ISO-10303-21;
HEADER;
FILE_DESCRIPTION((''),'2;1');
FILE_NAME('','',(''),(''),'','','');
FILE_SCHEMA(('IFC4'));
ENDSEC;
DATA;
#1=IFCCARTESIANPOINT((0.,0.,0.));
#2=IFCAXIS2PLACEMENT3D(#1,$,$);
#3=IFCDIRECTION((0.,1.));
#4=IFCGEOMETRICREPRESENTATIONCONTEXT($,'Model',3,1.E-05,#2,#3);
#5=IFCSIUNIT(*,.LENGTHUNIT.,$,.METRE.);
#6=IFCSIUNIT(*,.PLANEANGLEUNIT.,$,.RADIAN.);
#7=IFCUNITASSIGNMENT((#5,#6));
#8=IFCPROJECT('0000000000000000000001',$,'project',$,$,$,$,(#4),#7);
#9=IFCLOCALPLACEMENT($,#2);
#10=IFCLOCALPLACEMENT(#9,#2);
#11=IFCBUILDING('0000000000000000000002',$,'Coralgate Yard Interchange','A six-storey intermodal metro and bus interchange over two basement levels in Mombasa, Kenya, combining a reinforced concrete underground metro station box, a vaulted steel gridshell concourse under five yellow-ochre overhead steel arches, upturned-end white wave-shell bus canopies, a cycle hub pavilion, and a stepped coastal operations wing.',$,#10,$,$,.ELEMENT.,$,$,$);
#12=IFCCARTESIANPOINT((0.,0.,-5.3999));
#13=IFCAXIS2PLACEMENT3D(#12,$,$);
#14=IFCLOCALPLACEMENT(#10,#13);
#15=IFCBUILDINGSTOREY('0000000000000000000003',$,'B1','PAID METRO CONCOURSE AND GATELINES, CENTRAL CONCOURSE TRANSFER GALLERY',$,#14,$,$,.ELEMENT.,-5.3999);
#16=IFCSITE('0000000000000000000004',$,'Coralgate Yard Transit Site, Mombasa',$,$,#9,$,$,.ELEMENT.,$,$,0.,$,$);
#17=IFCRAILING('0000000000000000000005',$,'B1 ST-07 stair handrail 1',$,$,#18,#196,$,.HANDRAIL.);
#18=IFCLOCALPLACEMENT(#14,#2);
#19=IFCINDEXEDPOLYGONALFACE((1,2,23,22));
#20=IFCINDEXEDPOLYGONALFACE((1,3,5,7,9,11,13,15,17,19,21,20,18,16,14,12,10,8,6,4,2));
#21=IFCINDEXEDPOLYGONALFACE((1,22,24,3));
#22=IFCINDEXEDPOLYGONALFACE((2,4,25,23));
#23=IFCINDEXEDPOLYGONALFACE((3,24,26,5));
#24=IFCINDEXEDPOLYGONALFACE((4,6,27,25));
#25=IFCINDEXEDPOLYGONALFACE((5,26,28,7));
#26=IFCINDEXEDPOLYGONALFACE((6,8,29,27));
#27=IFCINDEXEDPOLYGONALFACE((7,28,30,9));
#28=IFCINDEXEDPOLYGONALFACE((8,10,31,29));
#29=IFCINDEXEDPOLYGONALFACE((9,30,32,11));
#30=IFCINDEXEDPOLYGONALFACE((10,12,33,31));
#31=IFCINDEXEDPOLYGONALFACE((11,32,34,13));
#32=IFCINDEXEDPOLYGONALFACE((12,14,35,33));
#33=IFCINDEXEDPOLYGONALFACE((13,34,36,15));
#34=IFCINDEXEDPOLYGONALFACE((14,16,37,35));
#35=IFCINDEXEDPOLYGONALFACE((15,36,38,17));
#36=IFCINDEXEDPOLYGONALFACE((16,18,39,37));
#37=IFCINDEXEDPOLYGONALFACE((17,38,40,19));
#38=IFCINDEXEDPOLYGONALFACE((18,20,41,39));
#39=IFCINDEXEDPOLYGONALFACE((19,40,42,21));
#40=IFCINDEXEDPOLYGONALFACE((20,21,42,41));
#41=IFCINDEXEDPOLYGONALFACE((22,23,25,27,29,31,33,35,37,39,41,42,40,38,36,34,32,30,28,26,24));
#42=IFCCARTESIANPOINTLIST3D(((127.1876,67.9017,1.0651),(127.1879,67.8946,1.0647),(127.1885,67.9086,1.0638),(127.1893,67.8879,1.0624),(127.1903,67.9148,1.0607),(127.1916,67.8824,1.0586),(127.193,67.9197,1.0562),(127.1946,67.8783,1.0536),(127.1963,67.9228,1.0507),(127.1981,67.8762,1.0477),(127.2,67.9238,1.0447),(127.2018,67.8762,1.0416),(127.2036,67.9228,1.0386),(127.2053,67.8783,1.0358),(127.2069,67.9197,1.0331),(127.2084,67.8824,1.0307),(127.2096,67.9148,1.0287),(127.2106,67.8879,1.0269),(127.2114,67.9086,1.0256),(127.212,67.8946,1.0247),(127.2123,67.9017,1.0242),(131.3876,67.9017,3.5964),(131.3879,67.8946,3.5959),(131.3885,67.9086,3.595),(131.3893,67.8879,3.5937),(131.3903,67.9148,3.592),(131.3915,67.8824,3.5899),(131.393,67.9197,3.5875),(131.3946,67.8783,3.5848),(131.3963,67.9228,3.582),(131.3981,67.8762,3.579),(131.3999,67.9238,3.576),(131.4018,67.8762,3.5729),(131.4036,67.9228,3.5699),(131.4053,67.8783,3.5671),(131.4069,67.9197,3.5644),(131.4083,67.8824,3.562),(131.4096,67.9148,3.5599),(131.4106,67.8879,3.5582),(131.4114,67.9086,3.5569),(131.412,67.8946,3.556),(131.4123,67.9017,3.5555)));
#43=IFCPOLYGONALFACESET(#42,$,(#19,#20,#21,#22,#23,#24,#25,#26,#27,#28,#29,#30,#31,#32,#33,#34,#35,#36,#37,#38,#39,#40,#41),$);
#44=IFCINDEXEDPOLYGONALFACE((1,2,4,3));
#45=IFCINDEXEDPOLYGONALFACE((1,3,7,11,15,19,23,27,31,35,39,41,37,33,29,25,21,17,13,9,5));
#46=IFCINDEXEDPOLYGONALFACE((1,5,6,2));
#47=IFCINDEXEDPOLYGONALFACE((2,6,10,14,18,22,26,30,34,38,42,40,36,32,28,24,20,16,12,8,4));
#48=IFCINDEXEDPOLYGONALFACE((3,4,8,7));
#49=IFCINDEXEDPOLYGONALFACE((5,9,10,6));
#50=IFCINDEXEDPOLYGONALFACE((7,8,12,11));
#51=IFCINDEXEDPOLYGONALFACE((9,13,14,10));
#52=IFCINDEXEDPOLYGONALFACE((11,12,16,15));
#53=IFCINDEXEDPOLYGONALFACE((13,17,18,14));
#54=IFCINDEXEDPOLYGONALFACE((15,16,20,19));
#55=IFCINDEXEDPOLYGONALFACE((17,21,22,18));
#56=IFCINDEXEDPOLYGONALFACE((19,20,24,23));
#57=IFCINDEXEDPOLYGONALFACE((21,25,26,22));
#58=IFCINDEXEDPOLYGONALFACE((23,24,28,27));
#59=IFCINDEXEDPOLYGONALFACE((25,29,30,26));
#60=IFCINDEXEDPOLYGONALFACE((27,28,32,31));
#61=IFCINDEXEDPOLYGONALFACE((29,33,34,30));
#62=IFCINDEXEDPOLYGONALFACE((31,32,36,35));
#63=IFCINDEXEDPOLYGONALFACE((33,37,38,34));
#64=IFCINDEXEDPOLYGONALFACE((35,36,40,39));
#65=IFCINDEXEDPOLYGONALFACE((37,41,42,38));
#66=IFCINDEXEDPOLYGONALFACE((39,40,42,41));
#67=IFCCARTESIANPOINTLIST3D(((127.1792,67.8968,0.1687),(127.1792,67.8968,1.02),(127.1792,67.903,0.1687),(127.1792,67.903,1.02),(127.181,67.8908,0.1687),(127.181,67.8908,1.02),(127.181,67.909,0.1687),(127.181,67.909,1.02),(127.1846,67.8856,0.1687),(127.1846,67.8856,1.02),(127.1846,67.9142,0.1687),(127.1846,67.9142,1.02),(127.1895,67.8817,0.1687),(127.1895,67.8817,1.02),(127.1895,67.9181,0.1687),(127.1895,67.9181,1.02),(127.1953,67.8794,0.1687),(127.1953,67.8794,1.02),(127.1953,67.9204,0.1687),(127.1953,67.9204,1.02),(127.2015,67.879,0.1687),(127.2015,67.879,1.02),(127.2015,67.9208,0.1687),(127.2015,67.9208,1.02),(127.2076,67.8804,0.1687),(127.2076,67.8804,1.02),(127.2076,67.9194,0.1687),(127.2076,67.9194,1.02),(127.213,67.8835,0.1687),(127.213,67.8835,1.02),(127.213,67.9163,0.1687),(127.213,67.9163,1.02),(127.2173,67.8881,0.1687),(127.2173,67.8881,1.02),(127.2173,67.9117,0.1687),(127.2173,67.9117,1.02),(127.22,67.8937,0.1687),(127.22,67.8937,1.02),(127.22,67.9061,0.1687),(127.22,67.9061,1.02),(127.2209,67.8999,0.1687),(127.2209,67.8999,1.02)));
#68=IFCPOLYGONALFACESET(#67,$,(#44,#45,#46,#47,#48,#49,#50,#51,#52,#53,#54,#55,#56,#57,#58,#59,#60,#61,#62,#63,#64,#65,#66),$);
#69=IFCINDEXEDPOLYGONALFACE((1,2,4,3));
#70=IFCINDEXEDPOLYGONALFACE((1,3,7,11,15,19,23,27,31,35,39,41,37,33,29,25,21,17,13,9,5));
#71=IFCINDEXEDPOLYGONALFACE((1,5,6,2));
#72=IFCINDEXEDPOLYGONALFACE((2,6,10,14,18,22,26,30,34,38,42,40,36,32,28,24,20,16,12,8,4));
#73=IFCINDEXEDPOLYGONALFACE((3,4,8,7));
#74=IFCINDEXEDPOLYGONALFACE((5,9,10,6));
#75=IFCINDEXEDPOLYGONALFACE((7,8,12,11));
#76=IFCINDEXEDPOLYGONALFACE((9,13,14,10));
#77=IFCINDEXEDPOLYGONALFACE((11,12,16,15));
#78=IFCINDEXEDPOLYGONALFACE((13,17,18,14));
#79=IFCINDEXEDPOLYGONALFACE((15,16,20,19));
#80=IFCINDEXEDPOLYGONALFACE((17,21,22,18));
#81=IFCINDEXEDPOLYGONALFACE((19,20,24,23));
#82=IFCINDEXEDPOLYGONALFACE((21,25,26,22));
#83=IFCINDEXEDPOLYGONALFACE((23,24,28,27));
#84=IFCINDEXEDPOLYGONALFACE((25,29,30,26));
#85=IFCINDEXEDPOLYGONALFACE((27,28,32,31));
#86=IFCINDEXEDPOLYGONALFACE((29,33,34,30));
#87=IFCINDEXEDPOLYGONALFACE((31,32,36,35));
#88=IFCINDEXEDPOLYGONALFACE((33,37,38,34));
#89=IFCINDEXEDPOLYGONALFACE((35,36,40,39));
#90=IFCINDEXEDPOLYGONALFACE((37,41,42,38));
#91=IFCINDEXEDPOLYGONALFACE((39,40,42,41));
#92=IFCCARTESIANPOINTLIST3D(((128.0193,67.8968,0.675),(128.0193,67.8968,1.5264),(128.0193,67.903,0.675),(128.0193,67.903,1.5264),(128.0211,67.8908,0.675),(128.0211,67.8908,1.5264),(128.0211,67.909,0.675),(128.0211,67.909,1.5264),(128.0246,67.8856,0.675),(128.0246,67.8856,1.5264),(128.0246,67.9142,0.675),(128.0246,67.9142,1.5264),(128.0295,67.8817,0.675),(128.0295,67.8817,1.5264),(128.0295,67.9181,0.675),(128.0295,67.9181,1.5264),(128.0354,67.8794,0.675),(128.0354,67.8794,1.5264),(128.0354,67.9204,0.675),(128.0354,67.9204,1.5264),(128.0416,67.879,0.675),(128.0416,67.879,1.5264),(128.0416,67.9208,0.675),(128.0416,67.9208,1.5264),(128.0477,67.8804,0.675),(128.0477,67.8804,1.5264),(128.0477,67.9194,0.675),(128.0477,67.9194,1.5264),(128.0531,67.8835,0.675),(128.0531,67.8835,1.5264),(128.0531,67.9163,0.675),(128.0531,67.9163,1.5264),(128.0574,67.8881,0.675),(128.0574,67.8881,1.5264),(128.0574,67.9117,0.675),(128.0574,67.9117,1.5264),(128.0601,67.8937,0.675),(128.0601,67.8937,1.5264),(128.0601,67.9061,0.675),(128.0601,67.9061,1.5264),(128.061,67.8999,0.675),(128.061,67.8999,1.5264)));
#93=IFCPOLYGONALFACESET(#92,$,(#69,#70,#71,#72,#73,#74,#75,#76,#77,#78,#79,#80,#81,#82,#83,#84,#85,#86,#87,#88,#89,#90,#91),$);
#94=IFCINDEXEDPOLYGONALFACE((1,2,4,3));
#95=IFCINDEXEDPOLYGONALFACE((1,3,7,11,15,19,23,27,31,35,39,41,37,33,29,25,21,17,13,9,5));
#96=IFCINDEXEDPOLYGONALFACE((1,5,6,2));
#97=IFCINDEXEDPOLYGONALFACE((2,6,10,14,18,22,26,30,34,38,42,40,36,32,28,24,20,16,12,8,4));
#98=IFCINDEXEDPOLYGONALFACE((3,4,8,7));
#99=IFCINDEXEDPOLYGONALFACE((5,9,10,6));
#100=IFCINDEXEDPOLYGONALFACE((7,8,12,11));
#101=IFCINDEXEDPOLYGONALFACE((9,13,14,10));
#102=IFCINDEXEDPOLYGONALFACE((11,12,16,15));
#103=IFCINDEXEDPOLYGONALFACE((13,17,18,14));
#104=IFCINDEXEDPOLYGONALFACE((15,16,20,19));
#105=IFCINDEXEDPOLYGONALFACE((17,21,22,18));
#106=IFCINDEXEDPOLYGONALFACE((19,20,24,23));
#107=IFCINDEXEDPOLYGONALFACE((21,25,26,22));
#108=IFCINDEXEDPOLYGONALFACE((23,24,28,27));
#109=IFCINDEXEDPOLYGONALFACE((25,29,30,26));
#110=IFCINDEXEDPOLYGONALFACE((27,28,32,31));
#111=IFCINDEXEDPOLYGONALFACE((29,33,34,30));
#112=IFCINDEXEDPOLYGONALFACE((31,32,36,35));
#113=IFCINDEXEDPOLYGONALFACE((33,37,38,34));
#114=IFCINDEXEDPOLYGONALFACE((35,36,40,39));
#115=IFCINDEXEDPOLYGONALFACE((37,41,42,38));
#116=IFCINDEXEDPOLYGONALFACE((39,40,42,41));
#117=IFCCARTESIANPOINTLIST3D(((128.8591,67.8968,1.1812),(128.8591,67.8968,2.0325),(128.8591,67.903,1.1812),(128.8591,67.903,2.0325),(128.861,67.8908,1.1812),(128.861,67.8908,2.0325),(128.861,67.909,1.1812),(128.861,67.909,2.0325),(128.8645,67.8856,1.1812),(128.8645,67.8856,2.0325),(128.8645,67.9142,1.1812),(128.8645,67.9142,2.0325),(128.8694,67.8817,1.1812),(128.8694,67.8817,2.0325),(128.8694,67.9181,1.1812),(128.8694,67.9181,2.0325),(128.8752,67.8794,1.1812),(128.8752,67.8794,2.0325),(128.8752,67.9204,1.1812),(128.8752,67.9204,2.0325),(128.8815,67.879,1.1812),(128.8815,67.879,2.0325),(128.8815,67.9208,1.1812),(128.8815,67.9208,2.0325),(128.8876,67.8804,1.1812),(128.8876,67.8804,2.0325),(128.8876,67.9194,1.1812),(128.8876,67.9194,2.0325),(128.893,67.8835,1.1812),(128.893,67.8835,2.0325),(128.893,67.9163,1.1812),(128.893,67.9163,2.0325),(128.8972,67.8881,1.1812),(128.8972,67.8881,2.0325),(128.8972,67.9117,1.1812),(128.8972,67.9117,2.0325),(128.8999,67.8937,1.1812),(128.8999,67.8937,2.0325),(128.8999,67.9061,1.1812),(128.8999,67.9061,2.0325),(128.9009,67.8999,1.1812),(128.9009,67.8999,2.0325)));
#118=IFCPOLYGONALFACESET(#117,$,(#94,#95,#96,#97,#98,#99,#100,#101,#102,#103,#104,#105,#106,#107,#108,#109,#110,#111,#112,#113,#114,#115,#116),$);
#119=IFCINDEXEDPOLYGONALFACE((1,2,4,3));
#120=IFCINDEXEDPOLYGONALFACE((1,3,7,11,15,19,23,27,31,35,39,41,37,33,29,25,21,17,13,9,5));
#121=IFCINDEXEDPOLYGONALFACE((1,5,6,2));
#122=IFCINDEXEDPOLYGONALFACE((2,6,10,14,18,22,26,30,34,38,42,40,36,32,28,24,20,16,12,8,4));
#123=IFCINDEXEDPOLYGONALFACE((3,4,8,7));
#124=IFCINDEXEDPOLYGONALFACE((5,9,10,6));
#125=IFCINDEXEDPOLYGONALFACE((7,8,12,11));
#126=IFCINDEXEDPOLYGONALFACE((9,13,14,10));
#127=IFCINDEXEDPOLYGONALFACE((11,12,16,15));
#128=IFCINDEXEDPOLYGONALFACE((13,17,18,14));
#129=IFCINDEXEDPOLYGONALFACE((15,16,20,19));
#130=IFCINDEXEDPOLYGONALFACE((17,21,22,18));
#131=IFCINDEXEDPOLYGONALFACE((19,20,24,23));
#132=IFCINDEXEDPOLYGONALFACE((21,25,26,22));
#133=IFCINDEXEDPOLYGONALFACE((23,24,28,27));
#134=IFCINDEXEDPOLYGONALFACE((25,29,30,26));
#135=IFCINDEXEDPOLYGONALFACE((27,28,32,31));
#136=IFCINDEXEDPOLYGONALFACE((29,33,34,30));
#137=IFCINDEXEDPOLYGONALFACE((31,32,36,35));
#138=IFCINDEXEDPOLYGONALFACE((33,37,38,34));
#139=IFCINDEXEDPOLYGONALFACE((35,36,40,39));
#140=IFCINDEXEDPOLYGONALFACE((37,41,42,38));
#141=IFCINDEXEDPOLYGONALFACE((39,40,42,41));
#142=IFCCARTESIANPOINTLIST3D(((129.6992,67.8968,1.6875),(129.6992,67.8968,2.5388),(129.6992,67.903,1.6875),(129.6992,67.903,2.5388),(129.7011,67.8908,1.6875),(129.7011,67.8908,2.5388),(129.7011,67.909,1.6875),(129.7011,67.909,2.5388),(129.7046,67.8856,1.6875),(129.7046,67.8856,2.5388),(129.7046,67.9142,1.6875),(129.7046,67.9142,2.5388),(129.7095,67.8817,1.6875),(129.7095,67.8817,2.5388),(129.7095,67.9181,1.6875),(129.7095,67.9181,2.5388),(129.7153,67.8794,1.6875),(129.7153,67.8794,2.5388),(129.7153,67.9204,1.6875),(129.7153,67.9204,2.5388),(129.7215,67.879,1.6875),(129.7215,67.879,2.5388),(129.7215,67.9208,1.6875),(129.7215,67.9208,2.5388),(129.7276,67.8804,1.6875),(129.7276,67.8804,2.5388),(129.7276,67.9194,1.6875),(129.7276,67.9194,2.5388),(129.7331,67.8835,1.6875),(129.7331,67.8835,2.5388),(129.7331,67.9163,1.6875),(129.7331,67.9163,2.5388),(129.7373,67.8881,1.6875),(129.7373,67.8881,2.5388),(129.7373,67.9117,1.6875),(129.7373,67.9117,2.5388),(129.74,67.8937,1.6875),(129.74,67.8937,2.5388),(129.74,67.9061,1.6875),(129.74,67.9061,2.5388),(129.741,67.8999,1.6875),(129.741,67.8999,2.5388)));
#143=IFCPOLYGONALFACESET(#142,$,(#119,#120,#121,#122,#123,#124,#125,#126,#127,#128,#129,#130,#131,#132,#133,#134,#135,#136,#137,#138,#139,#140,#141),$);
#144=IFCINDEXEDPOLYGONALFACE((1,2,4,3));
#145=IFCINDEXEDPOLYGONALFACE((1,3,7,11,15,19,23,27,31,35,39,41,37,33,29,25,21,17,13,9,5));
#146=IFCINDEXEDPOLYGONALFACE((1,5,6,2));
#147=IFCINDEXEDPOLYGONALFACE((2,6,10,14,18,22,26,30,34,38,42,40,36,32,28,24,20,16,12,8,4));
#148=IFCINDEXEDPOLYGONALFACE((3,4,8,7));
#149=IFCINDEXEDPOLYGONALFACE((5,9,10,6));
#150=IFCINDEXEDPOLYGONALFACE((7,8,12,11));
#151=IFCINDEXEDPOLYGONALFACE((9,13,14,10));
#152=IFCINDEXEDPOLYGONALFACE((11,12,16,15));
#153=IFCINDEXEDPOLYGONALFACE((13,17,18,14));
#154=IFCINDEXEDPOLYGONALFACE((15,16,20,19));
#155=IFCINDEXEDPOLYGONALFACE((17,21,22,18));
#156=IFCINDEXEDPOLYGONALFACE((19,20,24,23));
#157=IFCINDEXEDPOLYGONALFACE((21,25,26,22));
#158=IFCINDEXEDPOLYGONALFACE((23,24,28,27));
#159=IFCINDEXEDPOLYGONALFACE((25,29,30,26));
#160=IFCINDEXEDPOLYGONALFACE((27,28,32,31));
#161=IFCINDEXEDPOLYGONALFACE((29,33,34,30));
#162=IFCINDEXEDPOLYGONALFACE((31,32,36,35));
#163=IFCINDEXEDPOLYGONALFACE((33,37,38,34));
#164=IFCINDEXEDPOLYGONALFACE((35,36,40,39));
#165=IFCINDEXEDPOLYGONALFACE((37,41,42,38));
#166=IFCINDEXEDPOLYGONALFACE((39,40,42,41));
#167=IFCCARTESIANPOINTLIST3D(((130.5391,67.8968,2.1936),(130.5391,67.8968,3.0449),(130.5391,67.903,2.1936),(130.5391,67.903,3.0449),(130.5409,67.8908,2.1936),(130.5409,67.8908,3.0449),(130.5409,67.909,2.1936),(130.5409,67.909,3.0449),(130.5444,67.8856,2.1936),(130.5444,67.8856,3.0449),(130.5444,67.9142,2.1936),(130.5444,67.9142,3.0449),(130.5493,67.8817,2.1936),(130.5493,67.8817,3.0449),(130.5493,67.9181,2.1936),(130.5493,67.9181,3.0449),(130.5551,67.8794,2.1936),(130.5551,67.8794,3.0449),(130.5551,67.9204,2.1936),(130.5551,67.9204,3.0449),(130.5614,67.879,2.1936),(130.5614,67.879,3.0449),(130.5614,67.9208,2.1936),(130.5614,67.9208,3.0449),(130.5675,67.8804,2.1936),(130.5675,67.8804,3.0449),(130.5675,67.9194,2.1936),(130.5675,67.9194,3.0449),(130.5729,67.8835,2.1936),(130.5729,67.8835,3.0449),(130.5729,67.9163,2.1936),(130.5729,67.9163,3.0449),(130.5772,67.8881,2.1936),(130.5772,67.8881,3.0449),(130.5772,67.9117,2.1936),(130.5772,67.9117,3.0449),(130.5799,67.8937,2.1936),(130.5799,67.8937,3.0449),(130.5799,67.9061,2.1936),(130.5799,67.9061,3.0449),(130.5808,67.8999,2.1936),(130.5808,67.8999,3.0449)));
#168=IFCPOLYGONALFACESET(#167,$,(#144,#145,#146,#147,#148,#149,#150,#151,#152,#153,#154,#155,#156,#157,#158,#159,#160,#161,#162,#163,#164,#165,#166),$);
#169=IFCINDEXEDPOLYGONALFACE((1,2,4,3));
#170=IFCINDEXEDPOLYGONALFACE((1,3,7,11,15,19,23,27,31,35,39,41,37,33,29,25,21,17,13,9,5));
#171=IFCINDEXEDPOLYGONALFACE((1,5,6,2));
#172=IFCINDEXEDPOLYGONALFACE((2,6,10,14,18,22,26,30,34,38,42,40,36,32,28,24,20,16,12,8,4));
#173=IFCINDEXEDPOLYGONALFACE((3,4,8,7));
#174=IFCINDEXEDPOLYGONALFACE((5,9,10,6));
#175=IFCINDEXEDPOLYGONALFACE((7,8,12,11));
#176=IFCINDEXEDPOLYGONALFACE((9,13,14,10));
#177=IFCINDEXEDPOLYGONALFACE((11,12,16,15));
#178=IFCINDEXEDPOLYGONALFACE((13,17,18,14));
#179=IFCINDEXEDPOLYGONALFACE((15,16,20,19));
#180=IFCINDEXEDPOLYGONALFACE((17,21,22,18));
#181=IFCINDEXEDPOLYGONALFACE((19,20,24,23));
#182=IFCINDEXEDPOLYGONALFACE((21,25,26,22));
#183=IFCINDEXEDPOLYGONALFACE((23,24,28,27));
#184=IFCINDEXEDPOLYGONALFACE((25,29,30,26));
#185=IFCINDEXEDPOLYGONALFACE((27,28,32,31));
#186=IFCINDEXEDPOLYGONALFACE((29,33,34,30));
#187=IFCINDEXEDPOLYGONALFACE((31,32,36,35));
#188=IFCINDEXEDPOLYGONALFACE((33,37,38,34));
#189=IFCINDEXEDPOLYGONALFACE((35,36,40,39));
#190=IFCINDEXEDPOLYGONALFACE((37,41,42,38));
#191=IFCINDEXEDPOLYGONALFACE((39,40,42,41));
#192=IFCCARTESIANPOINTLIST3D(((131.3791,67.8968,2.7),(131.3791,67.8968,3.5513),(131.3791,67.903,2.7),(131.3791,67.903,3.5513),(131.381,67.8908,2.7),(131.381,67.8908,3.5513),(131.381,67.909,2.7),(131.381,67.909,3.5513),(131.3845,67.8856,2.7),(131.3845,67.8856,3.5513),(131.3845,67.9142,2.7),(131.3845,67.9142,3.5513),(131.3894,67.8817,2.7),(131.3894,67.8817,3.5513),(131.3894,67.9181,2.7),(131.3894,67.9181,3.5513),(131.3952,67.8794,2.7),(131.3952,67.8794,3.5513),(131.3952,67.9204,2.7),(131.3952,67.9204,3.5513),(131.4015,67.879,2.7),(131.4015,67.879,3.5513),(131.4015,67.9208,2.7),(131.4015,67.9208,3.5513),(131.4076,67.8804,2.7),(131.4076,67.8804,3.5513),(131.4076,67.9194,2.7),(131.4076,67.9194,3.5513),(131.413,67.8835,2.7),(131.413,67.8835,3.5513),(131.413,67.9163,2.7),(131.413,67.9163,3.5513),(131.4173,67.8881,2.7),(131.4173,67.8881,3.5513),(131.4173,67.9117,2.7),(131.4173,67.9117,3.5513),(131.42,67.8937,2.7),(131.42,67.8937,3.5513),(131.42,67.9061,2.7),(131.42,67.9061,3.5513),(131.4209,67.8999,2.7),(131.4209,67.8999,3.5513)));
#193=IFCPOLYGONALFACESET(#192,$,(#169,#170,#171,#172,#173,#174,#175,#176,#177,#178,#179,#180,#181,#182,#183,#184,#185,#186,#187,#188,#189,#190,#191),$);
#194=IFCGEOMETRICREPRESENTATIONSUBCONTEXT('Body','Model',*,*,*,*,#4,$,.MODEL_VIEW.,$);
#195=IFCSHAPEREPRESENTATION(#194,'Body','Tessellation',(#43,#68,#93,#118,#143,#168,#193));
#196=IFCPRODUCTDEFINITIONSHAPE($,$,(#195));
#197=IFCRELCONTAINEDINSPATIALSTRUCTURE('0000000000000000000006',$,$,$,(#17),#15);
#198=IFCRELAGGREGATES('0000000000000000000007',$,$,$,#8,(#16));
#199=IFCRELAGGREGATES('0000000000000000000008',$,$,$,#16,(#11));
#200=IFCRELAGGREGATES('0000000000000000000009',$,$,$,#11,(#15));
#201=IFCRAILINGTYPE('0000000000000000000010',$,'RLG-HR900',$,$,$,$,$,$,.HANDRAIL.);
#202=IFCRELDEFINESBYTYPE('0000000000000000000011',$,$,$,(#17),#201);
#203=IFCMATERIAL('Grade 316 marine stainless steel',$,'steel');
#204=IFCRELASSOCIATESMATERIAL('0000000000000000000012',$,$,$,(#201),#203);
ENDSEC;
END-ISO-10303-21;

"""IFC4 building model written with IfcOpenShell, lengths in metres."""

from ifc_helpers import new_model, si_unit, direction, frame, origin, origin_2d, place, context, subcontext, project, spatial, circle, extrude, material, type_object, element, save


model = new_model("IFC4")

# Units and contexts
model_context = context("Model", 3, precision=1e-05, world=origin(), true_north=direction((0.0, 1.0)))
body_context = subcontext(model_context, "Body", "Model", "MODEL_VIEW")
ifc_project = project(units=[si_unit("LENGTHUNIT", "METRE"), si_unit("PLANEANGLEUNIT", "RADIAN")], contexts=[model_context])

# Site, building, storey
site_placement = place(None, origin())
site = spatial("IfcSite", under=ifc_project, at=site_placement, Name="Coralgate Yard Transit Site, Mombasa", CompositionType="ELEMENT", RefElevation=0.0)
building_placement = place(site_placement, origin())
building = spatial("IfcBuilding", under=site, at=building_placement, Name="Coralgate Yard Interchange", Description="A six-storey intermodal metro and bus interchange over two basement levels in Mombasa, Kenya, combining a reinforced concrete underground metro station box, a vaulted steel gridshell concourse under five yellow-ochre overhead steel arches, upturned-end white wave-shell bus canopies, a cycle hub pavilion, and a stepped coastal operations wing.", CompositionType="ELEMENT")
storey_placement = place(building_placement, frame((0.0, 0.0, -5.3999)))
storey = spatial("IfcBuildingStorey", under=building, at=storey_placement, Name="B1", Description="PAID METRO CONCOURSE AND GATELINES, CENTRAL CONCOURSE TRANSFER GALLERY", CompositionType="ELEMENT", Elevation=-5.3999)

# Railing
ifc_material_1 = material(Name="Grade 316 marine stainless steel", Category="steel")
railing_type_1 = type_object("IfcRailingType", Name="RLG-HR900", PredefinedType="HANDRAIL", material=ifc_material_1)
railing_1_placement = place(storey_placement, frame((127.2, 67.8999, 0.1687)))
element("IfcRailing", 1, at=railing_1_placement, inside=storey, type_object=railing_type_1, Name="B1 ST-07 stair handrail 1", PredefinedType="HANDRAIL", context=body_context, shape_type="SweptSolid", body=[
    extrude(circle(Radius=0.0239, at=origin_2d()), frame((0.0, 0.0, 0.876), z_axis=(0.856476, 0.0, 0.516186), x_axis=(0.0, 1.0, 0.0)), (0.0, 0.0, 1.0), 4.9038),
    extrude(circle(Radius=0.021, at=origin_2d()), origin(), (0.0, 0.0, 1.0), 0.8513),
    extrude(circle(Radius=0.021, at=origin_2d()), frame((0.8401, 0.0, 0.5063)), (0.0, 0.0, 1.0), 0.8513),
    extrude(circle(Radius=0.021, at=origin_2d()), frame((1.6799, 0.0, 1.0125)), (0.0, 0.0, 1.0), 0.8513),
    extrude(circle(Radius=0.021, at=origin_2d()), frame((2.52, 0.0, 1.5188)), (0.0, 0.0, 1.0), 0.8513),
    extrude(circle(Radius=0.021, at=origin_2d()), frame((3.3599, 0.0, 2.0249)), (0.0, 0.0, 1.0), 0.8513),
    extrude(circle(Radius=0.021, at=origin_2d()), frame((4.2, 0.0, 2.5312)), (0.0, 0.0, 1.0), 0.8513),
])

save(model, "model.ifc")
